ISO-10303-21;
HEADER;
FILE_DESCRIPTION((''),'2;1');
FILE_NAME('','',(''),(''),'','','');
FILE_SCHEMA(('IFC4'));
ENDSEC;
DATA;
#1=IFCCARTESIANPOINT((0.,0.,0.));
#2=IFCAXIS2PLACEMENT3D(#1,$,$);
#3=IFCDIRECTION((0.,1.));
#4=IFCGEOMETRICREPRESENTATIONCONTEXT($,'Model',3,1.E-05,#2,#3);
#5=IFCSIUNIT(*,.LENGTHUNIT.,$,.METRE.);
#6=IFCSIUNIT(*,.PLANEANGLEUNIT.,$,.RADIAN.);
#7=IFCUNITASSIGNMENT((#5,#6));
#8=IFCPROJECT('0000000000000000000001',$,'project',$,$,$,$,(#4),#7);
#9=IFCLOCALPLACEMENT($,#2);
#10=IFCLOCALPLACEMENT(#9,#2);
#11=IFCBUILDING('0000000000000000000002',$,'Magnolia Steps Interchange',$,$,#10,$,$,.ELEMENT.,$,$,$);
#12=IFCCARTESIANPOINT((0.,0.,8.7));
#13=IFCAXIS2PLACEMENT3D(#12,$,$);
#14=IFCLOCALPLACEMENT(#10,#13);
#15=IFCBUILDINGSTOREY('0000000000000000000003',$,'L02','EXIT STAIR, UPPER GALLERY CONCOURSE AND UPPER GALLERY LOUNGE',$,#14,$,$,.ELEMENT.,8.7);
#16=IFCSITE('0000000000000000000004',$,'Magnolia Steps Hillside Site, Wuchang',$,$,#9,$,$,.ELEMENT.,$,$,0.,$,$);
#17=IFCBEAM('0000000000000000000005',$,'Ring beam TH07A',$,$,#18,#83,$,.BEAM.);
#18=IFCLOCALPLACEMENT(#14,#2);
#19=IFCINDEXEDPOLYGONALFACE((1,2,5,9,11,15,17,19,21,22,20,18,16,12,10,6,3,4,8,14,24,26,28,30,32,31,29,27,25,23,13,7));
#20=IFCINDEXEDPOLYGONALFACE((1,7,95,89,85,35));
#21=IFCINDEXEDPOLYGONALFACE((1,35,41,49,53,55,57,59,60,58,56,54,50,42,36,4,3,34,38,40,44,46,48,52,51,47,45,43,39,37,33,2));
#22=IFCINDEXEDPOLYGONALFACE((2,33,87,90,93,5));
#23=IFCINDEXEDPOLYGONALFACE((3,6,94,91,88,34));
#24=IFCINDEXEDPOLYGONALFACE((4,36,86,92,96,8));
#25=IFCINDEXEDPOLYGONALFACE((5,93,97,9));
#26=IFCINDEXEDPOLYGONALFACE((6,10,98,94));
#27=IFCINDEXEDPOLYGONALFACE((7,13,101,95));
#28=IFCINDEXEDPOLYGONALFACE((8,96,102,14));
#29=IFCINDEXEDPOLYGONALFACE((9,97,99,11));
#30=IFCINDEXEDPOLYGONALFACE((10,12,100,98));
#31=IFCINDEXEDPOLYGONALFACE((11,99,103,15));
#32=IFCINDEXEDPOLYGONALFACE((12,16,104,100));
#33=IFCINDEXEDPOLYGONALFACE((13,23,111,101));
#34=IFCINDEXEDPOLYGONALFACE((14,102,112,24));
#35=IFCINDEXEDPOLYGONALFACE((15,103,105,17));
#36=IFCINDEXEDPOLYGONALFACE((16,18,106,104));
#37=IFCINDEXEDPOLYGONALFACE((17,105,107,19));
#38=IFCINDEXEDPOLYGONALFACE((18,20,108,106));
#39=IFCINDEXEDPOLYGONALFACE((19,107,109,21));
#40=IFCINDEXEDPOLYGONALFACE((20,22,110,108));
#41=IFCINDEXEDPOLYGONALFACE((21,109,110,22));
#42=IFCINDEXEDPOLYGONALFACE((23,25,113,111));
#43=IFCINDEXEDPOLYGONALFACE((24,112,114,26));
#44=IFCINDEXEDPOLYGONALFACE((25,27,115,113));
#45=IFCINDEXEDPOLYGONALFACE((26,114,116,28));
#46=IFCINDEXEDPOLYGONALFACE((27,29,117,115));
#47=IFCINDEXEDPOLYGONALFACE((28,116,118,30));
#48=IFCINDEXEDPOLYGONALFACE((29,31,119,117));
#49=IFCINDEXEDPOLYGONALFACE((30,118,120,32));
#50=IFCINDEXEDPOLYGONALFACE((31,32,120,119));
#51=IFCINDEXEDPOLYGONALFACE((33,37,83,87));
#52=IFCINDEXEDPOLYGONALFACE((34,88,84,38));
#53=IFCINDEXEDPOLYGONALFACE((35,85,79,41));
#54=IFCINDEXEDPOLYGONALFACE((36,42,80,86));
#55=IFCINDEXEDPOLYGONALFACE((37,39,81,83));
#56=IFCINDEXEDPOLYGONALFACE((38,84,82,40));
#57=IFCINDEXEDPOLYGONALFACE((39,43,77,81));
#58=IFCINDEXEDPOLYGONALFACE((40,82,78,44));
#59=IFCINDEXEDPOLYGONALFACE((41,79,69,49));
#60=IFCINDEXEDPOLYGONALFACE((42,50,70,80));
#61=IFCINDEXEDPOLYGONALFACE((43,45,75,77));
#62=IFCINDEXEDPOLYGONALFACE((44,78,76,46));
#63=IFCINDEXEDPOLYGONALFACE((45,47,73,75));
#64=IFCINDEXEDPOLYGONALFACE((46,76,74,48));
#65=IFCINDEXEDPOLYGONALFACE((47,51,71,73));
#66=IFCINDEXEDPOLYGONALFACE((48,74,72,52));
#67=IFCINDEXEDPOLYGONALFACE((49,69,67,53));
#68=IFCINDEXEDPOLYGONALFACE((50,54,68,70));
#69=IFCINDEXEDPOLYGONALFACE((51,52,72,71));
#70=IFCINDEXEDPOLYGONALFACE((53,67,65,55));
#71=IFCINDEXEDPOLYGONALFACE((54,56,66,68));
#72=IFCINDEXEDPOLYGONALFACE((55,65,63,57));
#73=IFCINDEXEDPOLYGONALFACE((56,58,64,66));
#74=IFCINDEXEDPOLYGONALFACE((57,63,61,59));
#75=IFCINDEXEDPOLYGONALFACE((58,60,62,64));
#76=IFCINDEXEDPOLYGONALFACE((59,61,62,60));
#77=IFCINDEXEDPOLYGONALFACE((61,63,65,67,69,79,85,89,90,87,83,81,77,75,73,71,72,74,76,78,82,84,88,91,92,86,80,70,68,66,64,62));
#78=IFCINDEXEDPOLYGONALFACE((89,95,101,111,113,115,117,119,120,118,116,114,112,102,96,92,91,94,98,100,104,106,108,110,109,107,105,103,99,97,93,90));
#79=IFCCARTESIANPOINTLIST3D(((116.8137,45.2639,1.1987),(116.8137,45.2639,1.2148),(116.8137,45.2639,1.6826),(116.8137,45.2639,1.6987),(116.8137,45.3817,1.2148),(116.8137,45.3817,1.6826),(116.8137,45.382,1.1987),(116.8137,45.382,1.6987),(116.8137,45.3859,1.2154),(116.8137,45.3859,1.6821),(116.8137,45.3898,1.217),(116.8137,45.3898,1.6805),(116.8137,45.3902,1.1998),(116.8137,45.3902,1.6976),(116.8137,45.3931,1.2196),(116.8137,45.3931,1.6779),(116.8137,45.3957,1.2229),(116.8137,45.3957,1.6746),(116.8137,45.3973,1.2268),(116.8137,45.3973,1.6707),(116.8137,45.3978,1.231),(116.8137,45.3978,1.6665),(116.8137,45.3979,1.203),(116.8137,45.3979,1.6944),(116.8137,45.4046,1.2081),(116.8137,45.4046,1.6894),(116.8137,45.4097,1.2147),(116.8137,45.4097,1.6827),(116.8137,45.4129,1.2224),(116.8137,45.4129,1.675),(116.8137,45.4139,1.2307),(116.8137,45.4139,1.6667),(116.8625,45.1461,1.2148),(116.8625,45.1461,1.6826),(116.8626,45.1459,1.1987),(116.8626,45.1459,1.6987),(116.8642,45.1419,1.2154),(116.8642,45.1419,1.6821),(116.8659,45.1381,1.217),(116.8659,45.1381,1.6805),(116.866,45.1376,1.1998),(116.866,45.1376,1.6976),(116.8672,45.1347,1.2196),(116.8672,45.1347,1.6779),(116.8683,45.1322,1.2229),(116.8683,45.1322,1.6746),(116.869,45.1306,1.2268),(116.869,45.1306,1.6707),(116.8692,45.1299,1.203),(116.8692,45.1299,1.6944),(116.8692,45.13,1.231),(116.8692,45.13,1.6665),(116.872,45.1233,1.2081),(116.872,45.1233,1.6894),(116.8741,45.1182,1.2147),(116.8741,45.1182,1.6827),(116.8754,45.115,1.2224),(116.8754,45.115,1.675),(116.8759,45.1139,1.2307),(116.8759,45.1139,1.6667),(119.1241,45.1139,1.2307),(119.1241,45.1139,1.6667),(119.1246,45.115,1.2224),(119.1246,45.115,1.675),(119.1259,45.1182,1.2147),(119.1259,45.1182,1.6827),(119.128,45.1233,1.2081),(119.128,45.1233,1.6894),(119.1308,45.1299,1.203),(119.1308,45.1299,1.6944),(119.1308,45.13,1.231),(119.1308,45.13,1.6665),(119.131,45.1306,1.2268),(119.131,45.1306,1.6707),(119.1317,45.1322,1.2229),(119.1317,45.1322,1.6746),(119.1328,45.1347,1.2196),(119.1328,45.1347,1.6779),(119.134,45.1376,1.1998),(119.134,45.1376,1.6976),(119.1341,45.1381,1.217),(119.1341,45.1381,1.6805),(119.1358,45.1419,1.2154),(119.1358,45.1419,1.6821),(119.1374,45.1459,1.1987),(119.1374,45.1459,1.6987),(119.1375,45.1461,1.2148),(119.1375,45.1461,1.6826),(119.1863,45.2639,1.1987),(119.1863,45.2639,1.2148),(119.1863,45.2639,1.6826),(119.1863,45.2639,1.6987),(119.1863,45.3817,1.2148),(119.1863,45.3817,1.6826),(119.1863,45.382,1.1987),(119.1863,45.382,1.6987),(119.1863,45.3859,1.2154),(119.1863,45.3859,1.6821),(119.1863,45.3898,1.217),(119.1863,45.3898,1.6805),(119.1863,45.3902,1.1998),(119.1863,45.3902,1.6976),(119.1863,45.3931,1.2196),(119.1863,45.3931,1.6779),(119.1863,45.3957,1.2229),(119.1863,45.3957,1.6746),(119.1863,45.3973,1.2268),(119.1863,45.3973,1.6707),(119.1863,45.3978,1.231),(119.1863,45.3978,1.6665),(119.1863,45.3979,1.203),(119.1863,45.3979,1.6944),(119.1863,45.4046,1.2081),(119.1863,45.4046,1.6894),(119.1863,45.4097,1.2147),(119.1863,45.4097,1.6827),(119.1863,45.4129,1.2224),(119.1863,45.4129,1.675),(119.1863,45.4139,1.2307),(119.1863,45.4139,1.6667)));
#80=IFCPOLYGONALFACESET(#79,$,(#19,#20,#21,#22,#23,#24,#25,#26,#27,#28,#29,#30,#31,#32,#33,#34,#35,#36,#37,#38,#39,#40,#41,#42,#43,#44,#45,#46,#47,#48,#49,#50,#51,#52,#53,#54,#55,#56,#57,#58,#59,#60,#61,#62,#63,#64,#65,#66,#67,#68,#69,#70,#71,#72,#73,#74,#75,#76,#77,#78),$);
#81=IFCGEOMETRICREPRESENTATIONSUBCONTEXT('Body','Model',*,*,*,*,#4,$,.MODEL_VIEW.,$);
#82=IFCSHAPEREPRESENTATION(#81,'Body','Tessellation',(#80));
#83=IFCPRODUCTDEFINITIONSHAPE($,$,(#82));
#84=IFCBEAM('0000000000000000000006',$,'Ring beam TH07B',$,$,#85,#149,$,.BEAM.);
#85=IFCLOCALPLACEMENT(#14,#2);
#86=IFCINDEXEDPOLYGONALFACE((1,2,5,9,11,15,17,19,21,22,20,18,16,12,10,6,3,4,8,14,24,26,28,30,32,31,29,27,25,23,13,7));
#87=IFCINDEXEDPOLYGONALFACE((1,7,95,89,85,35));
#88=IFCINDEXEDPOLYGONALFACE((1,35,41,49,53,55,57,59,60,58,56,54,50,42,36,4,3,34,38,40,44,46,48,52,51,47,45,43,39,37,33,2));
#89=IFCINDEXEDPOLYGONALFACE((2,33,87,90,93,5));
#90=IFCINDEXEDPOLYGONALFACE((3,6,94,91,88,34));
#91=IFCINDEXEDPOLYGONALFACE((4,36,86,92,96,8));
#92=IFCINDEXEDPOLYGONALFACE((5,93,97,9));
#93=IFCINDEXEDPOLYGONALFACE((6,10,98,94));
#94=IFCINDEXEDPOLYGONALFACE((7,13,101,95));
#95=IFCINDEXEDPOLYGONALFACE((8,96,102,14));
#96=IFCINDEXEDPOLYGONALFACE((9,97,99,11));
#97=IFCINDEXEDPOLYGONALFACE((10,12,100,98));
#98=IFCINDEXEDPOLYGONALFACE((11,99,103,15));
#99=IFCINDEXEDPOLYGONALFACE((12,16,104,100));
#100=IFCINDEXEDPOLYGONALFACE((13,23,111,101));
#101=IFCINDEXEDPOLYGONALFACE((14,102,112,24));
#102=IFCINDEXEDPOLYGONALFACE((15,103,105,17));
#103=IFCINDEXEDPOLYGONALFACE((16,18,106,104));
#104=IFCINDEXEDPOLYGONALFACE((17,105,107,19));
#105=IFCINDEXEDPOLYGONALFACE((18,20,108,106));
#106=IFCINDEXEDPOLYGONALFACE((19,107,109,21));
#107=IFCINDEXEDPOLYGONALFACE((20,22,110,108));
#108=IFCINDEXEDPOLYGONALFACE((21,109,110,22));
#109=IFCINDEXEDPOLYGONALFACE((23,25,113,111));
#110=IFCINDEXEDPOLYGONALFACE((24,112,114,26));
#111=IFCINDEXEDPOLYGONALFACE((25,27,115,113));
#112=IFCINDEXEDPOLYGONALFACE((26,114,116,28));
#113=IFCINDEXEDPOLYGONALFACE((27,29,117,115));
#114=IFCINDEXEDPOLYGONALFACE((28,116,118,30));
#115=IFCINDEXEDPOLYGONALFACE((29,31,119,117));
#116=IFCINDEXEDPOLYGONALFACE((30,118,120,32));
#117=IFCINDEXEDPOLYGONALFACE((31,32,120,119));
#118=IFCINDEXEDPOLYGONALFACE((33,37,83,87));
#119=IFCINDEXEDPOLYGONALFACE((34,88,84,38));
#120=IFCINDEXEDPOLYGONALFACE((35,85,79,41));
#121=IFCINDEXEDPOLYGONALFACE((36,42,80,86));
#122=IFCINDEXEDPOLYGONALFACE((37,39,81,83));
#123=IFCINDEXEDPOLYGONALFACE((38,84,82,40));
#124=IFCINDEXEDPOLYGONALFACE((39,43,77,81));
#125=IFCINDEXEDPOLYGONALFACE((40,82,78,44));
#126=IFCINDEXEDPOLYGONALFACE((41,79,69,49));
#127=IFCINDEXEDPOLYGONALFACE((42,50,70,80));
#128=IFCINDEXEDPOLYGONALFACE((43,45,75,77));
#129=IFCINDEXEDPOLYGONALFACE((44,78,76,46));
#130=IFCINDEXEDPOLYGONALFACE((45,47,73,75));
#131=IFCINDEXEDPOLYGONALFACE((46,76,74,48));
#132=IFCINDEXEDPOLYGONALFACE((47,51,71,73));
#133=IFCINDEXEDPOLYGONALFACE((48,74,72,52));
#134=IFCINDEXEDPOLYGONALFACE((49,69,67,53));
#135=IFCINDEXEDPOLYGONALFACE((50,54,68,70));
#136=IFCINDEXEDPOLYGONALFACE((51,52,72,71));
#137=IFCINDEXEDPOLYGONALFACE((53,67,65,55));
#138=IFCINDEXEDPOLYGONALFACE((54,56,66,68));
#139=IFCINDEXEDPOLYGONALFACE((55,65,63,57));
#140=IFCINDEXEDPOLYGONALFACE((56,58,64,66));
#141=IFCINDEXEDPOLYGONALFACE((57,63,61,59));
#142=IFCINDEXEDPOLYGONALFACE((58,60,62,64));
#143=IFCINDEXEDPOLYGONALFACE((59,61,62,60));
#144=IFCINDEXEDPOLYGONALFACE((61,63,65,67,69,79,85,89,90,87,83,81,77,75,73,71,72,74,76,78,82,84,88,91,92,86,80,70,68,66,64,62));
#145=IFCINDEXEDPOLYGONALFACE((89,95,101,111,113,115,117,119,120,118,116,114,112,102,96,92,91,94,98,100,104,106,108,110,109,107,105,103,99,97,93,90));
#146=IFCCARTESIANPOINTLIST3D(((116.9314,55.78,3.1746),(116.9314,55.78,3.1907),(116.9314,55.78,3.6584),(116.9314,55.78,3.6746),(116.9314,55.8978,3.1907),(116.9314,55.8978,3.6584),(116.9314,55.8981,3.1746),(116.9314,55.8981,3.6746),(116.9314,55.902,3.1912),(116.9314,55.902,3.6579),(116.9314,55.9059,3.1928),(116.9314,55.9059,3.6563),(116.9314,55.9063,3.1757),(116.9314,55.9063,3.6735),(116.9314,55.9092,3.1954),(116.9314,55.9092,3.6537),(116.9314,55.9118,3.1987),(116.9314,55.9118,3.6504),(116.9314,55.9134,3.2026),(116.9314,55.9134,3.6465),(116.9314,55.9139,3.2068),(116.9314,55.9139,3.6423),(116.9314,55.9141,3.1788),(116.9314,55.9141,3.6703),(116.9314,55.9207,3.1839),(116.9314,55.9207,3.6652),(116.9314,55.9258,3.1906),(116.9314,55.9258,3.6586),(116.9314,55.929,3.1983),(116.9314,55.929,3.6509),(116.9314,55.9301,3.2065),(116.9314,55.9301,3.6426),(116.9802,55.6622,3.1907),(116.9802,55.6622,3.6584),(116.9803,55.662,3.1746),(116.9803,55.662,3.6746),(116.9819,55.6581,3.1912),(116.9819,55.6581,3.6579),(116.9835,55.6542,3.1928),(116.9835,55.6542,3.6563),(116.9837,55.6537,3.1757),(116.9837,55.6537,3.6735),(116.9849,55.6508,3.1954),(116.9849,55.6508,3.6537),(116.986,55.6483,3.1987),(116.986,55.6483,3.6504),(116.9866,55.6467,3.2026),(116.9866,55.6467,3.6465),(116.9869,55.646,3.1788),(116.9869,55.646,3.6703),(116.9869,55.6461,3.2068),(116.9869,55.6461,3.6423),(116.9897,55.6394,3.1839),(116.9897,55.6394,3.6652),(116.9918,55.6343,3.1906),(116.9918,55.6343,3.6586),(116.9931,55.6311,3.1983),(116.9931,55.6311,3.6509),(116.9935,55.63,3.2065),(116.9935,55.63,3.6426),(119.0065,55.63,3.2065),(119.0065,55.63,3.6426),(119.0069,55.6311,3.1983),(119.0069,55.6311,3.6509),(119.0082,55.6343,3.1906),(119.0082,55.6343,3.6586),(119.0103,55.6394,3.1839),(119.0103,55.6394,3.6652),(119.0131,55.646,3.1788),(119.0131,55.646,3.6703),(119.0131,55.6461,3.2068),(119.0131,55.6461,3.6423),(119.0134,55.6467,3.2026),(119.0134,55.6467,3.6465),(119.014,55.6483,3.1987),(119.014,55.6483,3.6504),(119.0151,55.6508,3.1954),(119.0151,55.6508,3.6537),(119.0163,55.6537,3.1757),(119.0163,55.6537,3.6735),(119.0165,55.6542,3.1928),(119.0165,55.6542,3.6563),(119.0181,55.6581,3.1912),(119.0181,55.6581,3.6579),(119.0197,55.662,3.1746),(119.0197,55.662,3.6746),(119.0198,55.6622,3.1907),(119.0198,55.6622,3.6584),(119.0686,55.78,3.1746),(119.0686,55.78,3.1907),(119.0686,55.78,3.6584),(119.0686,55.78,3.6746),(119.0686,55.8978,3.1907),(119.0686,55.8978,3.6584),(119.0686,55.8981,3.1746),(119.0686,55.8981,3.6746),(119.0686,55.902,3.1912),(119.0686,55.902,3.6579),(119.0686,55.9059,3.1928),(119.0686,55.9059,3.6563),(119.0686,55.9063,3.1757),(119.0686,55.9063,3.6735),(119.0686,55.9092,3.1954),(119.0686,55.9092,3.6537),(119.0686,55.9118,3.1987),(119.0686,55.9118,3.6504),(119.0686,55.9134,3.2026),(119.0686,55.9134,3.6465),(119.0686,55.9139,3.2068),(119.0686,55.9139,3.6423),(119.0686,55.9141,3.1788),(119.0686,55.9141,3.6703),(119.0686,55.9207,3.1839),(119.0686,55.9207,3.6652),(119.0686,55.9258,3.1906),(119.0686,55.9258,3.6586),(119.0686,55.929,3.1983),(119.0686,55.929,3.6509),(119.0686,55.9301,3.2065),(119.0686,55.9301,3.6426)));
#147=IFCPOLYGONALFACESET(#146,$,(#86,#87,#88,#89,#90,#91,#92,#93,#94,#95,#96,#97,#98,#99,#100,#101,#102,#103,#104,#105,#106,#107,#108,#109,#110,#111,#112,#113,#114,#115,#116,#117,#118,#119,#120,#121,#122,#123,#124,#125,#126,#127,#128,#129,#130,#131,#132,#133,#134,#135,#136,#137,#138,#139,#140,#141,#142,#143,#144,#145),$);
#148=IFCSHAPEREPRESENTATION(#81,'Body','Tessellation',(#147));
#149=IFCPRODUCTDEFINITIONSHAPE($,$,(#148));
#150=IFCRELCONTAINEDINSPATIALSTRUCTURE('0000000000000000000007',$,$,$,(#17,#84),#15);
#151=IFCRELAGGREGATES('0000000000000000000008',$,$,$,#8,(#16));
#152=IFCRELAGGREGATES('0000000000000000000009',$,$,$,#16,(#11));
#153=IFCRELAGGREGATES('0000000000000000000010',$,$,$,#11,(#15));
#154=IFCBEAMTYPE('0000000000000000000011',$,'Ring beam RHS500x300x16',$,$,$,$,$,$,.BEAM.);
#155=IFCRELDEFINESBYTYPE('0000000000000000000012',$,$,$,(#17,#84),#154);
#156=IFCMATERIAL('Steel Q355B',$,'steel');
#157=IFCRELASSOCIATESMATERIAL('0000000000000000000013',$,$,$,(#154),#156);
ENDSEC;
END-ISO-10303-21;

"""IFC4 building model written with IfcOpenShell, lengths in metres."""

from ifc_helpers import new_model, si_unit, direction, frame, origin, origin_2d, place, context, subcontext, project, spatial, hollow_rectangle, extrude, clip, halfspace, material, material_profile, profile_set, type_object, element, save


model = new_model("IFC4")

# Units and contexts
model_context = context("Model", 3, precision=1e-05, world=origin(), true_north=direction((0.0, 1.0)))
body_context = subcontext(model_context, "Body", "Model", "MODEL_VIEW")
ifc_project = project(units=[si_unit("LENGTHUNIT", "METRE"), si_unit("PLANEANGLEUNIT", "RADIAN")], contexts=[model_context])

# Site, building, storey
site_placement = place(None, origin())
site = spatial("IfcSite", under=ifc_project, at=site_placement, Name="Magnolia Steps Hillside Site, Wuchang", CompositionType="ELEMENT", RefElevation=0.0)
building_placement = place(site_placement, origin())
building = spatial("IfcBuilding", under=site, at=building_placement, Name="Magnolia Steps Interchange", CompositionType="ELEMENT")
storey_placement = place(building_placement, frame((0.0, 0.0, 8.7)))
storey = spatial("IfcBuildingStorey", under=building, at=storey_placement, Name="L02", Description="EXIT STAIR, UPPER GALLERY CONCOURSE AND UPPER GALLERY LOUNGE", CompositionType="ELEMENT", Elevation=8.7)

# Beams
ifc_material_1 = material(Name="Steel Q355B", Category="steel")
ifc_material_profile_1 = material_profile(ifc_material_1, hollow_rectangle(XDim=0.3, YDim=0.5, WallThickness=0.0161, InnerFilletRadius=0.0161, OuterFilletRadius=0.032, at=origin_2d()), Name="RHS500x300x16")
ifc_profile_set_1 = profile_set([ifc_material_profile_1], Name="Steel Q355B")
beam_type = type_object("IfcBeamType", Name="Ring beam RHS500x300x16", PredefinedType="BEAM", material=ifc_profile_set_1)
beam_1_placement = place(storey_placement, frame((119.1863, 45.2639, 1.4487), z_axis=(-1.0, 0.0, 0.0), x_axis=(0.0, -1.0, 0.0)))
element("IfcBeam", 1, at=beam_1_placement, inside=storey, type_object=beam_type, Name="Ring beam TH07A", PredefinedType="BEAM", context=body_context, shape_type="Clipping", body=[
    clip(clip(extrude(hollow_rectangle(XDim=0.3, YDim=0.5, WallThickness=0.0161, InnerFilletRadius=0.0161, OuterFilletRadius=0.032, at=origin_2d()), origin(), (0.0, 0.0, 1.0), 2.3726), halfspace(frame((0.0, 0.0, 0.0), z_axis=(0.382683, 0.0, -0.92388), x_axis=(0.92388, 0.0, 0.382683)), False)), halfspace(frame((0.0, 0.0, 2.3726), z_axis=(0.382683, 0.0, 0.92388), x_axis=(0.92388, 0.0, -0.382683)), False)),
])
beam_2_placement = place(storey_placement, frame((119.0686, 55.78, 3.4246), z_axis=(-1.0, 0.0, 0.0), x_axis=(0.0, -1.0, 0.0)))
element("IfcBeam", 2, at=beam_2_placement, inside=storey, type_object=beam_type, Name="Ring beam TH07B", PredefinedType="BEAM", context=body_context, shape_type="Clipping", body=[
    clip(clip(extrude(hollow_rectangle(XDim=0.3, YDim=0.5, WallThickness=0.0161, InnerFilletRadius=0.0161, OuterFilletRadius=0.032, at=origin_2d()), origin(), (0.0, 0.0, 1.0), 2.1372), halfspace(frame((0.0, 0.0, 0.0), z_axis=(0.382683, 0.0, -0.92388), x_axis=(0.92388, 0.0, 0.382683)), False)), halfspace(frame((0.0, 0.0, 2.1372), z_axis=(0.382683, 0.0, 0.92388), x_axis=(0.92388, 0.0, -0.382683)), False)),
])

save(model, "model.ifc")
